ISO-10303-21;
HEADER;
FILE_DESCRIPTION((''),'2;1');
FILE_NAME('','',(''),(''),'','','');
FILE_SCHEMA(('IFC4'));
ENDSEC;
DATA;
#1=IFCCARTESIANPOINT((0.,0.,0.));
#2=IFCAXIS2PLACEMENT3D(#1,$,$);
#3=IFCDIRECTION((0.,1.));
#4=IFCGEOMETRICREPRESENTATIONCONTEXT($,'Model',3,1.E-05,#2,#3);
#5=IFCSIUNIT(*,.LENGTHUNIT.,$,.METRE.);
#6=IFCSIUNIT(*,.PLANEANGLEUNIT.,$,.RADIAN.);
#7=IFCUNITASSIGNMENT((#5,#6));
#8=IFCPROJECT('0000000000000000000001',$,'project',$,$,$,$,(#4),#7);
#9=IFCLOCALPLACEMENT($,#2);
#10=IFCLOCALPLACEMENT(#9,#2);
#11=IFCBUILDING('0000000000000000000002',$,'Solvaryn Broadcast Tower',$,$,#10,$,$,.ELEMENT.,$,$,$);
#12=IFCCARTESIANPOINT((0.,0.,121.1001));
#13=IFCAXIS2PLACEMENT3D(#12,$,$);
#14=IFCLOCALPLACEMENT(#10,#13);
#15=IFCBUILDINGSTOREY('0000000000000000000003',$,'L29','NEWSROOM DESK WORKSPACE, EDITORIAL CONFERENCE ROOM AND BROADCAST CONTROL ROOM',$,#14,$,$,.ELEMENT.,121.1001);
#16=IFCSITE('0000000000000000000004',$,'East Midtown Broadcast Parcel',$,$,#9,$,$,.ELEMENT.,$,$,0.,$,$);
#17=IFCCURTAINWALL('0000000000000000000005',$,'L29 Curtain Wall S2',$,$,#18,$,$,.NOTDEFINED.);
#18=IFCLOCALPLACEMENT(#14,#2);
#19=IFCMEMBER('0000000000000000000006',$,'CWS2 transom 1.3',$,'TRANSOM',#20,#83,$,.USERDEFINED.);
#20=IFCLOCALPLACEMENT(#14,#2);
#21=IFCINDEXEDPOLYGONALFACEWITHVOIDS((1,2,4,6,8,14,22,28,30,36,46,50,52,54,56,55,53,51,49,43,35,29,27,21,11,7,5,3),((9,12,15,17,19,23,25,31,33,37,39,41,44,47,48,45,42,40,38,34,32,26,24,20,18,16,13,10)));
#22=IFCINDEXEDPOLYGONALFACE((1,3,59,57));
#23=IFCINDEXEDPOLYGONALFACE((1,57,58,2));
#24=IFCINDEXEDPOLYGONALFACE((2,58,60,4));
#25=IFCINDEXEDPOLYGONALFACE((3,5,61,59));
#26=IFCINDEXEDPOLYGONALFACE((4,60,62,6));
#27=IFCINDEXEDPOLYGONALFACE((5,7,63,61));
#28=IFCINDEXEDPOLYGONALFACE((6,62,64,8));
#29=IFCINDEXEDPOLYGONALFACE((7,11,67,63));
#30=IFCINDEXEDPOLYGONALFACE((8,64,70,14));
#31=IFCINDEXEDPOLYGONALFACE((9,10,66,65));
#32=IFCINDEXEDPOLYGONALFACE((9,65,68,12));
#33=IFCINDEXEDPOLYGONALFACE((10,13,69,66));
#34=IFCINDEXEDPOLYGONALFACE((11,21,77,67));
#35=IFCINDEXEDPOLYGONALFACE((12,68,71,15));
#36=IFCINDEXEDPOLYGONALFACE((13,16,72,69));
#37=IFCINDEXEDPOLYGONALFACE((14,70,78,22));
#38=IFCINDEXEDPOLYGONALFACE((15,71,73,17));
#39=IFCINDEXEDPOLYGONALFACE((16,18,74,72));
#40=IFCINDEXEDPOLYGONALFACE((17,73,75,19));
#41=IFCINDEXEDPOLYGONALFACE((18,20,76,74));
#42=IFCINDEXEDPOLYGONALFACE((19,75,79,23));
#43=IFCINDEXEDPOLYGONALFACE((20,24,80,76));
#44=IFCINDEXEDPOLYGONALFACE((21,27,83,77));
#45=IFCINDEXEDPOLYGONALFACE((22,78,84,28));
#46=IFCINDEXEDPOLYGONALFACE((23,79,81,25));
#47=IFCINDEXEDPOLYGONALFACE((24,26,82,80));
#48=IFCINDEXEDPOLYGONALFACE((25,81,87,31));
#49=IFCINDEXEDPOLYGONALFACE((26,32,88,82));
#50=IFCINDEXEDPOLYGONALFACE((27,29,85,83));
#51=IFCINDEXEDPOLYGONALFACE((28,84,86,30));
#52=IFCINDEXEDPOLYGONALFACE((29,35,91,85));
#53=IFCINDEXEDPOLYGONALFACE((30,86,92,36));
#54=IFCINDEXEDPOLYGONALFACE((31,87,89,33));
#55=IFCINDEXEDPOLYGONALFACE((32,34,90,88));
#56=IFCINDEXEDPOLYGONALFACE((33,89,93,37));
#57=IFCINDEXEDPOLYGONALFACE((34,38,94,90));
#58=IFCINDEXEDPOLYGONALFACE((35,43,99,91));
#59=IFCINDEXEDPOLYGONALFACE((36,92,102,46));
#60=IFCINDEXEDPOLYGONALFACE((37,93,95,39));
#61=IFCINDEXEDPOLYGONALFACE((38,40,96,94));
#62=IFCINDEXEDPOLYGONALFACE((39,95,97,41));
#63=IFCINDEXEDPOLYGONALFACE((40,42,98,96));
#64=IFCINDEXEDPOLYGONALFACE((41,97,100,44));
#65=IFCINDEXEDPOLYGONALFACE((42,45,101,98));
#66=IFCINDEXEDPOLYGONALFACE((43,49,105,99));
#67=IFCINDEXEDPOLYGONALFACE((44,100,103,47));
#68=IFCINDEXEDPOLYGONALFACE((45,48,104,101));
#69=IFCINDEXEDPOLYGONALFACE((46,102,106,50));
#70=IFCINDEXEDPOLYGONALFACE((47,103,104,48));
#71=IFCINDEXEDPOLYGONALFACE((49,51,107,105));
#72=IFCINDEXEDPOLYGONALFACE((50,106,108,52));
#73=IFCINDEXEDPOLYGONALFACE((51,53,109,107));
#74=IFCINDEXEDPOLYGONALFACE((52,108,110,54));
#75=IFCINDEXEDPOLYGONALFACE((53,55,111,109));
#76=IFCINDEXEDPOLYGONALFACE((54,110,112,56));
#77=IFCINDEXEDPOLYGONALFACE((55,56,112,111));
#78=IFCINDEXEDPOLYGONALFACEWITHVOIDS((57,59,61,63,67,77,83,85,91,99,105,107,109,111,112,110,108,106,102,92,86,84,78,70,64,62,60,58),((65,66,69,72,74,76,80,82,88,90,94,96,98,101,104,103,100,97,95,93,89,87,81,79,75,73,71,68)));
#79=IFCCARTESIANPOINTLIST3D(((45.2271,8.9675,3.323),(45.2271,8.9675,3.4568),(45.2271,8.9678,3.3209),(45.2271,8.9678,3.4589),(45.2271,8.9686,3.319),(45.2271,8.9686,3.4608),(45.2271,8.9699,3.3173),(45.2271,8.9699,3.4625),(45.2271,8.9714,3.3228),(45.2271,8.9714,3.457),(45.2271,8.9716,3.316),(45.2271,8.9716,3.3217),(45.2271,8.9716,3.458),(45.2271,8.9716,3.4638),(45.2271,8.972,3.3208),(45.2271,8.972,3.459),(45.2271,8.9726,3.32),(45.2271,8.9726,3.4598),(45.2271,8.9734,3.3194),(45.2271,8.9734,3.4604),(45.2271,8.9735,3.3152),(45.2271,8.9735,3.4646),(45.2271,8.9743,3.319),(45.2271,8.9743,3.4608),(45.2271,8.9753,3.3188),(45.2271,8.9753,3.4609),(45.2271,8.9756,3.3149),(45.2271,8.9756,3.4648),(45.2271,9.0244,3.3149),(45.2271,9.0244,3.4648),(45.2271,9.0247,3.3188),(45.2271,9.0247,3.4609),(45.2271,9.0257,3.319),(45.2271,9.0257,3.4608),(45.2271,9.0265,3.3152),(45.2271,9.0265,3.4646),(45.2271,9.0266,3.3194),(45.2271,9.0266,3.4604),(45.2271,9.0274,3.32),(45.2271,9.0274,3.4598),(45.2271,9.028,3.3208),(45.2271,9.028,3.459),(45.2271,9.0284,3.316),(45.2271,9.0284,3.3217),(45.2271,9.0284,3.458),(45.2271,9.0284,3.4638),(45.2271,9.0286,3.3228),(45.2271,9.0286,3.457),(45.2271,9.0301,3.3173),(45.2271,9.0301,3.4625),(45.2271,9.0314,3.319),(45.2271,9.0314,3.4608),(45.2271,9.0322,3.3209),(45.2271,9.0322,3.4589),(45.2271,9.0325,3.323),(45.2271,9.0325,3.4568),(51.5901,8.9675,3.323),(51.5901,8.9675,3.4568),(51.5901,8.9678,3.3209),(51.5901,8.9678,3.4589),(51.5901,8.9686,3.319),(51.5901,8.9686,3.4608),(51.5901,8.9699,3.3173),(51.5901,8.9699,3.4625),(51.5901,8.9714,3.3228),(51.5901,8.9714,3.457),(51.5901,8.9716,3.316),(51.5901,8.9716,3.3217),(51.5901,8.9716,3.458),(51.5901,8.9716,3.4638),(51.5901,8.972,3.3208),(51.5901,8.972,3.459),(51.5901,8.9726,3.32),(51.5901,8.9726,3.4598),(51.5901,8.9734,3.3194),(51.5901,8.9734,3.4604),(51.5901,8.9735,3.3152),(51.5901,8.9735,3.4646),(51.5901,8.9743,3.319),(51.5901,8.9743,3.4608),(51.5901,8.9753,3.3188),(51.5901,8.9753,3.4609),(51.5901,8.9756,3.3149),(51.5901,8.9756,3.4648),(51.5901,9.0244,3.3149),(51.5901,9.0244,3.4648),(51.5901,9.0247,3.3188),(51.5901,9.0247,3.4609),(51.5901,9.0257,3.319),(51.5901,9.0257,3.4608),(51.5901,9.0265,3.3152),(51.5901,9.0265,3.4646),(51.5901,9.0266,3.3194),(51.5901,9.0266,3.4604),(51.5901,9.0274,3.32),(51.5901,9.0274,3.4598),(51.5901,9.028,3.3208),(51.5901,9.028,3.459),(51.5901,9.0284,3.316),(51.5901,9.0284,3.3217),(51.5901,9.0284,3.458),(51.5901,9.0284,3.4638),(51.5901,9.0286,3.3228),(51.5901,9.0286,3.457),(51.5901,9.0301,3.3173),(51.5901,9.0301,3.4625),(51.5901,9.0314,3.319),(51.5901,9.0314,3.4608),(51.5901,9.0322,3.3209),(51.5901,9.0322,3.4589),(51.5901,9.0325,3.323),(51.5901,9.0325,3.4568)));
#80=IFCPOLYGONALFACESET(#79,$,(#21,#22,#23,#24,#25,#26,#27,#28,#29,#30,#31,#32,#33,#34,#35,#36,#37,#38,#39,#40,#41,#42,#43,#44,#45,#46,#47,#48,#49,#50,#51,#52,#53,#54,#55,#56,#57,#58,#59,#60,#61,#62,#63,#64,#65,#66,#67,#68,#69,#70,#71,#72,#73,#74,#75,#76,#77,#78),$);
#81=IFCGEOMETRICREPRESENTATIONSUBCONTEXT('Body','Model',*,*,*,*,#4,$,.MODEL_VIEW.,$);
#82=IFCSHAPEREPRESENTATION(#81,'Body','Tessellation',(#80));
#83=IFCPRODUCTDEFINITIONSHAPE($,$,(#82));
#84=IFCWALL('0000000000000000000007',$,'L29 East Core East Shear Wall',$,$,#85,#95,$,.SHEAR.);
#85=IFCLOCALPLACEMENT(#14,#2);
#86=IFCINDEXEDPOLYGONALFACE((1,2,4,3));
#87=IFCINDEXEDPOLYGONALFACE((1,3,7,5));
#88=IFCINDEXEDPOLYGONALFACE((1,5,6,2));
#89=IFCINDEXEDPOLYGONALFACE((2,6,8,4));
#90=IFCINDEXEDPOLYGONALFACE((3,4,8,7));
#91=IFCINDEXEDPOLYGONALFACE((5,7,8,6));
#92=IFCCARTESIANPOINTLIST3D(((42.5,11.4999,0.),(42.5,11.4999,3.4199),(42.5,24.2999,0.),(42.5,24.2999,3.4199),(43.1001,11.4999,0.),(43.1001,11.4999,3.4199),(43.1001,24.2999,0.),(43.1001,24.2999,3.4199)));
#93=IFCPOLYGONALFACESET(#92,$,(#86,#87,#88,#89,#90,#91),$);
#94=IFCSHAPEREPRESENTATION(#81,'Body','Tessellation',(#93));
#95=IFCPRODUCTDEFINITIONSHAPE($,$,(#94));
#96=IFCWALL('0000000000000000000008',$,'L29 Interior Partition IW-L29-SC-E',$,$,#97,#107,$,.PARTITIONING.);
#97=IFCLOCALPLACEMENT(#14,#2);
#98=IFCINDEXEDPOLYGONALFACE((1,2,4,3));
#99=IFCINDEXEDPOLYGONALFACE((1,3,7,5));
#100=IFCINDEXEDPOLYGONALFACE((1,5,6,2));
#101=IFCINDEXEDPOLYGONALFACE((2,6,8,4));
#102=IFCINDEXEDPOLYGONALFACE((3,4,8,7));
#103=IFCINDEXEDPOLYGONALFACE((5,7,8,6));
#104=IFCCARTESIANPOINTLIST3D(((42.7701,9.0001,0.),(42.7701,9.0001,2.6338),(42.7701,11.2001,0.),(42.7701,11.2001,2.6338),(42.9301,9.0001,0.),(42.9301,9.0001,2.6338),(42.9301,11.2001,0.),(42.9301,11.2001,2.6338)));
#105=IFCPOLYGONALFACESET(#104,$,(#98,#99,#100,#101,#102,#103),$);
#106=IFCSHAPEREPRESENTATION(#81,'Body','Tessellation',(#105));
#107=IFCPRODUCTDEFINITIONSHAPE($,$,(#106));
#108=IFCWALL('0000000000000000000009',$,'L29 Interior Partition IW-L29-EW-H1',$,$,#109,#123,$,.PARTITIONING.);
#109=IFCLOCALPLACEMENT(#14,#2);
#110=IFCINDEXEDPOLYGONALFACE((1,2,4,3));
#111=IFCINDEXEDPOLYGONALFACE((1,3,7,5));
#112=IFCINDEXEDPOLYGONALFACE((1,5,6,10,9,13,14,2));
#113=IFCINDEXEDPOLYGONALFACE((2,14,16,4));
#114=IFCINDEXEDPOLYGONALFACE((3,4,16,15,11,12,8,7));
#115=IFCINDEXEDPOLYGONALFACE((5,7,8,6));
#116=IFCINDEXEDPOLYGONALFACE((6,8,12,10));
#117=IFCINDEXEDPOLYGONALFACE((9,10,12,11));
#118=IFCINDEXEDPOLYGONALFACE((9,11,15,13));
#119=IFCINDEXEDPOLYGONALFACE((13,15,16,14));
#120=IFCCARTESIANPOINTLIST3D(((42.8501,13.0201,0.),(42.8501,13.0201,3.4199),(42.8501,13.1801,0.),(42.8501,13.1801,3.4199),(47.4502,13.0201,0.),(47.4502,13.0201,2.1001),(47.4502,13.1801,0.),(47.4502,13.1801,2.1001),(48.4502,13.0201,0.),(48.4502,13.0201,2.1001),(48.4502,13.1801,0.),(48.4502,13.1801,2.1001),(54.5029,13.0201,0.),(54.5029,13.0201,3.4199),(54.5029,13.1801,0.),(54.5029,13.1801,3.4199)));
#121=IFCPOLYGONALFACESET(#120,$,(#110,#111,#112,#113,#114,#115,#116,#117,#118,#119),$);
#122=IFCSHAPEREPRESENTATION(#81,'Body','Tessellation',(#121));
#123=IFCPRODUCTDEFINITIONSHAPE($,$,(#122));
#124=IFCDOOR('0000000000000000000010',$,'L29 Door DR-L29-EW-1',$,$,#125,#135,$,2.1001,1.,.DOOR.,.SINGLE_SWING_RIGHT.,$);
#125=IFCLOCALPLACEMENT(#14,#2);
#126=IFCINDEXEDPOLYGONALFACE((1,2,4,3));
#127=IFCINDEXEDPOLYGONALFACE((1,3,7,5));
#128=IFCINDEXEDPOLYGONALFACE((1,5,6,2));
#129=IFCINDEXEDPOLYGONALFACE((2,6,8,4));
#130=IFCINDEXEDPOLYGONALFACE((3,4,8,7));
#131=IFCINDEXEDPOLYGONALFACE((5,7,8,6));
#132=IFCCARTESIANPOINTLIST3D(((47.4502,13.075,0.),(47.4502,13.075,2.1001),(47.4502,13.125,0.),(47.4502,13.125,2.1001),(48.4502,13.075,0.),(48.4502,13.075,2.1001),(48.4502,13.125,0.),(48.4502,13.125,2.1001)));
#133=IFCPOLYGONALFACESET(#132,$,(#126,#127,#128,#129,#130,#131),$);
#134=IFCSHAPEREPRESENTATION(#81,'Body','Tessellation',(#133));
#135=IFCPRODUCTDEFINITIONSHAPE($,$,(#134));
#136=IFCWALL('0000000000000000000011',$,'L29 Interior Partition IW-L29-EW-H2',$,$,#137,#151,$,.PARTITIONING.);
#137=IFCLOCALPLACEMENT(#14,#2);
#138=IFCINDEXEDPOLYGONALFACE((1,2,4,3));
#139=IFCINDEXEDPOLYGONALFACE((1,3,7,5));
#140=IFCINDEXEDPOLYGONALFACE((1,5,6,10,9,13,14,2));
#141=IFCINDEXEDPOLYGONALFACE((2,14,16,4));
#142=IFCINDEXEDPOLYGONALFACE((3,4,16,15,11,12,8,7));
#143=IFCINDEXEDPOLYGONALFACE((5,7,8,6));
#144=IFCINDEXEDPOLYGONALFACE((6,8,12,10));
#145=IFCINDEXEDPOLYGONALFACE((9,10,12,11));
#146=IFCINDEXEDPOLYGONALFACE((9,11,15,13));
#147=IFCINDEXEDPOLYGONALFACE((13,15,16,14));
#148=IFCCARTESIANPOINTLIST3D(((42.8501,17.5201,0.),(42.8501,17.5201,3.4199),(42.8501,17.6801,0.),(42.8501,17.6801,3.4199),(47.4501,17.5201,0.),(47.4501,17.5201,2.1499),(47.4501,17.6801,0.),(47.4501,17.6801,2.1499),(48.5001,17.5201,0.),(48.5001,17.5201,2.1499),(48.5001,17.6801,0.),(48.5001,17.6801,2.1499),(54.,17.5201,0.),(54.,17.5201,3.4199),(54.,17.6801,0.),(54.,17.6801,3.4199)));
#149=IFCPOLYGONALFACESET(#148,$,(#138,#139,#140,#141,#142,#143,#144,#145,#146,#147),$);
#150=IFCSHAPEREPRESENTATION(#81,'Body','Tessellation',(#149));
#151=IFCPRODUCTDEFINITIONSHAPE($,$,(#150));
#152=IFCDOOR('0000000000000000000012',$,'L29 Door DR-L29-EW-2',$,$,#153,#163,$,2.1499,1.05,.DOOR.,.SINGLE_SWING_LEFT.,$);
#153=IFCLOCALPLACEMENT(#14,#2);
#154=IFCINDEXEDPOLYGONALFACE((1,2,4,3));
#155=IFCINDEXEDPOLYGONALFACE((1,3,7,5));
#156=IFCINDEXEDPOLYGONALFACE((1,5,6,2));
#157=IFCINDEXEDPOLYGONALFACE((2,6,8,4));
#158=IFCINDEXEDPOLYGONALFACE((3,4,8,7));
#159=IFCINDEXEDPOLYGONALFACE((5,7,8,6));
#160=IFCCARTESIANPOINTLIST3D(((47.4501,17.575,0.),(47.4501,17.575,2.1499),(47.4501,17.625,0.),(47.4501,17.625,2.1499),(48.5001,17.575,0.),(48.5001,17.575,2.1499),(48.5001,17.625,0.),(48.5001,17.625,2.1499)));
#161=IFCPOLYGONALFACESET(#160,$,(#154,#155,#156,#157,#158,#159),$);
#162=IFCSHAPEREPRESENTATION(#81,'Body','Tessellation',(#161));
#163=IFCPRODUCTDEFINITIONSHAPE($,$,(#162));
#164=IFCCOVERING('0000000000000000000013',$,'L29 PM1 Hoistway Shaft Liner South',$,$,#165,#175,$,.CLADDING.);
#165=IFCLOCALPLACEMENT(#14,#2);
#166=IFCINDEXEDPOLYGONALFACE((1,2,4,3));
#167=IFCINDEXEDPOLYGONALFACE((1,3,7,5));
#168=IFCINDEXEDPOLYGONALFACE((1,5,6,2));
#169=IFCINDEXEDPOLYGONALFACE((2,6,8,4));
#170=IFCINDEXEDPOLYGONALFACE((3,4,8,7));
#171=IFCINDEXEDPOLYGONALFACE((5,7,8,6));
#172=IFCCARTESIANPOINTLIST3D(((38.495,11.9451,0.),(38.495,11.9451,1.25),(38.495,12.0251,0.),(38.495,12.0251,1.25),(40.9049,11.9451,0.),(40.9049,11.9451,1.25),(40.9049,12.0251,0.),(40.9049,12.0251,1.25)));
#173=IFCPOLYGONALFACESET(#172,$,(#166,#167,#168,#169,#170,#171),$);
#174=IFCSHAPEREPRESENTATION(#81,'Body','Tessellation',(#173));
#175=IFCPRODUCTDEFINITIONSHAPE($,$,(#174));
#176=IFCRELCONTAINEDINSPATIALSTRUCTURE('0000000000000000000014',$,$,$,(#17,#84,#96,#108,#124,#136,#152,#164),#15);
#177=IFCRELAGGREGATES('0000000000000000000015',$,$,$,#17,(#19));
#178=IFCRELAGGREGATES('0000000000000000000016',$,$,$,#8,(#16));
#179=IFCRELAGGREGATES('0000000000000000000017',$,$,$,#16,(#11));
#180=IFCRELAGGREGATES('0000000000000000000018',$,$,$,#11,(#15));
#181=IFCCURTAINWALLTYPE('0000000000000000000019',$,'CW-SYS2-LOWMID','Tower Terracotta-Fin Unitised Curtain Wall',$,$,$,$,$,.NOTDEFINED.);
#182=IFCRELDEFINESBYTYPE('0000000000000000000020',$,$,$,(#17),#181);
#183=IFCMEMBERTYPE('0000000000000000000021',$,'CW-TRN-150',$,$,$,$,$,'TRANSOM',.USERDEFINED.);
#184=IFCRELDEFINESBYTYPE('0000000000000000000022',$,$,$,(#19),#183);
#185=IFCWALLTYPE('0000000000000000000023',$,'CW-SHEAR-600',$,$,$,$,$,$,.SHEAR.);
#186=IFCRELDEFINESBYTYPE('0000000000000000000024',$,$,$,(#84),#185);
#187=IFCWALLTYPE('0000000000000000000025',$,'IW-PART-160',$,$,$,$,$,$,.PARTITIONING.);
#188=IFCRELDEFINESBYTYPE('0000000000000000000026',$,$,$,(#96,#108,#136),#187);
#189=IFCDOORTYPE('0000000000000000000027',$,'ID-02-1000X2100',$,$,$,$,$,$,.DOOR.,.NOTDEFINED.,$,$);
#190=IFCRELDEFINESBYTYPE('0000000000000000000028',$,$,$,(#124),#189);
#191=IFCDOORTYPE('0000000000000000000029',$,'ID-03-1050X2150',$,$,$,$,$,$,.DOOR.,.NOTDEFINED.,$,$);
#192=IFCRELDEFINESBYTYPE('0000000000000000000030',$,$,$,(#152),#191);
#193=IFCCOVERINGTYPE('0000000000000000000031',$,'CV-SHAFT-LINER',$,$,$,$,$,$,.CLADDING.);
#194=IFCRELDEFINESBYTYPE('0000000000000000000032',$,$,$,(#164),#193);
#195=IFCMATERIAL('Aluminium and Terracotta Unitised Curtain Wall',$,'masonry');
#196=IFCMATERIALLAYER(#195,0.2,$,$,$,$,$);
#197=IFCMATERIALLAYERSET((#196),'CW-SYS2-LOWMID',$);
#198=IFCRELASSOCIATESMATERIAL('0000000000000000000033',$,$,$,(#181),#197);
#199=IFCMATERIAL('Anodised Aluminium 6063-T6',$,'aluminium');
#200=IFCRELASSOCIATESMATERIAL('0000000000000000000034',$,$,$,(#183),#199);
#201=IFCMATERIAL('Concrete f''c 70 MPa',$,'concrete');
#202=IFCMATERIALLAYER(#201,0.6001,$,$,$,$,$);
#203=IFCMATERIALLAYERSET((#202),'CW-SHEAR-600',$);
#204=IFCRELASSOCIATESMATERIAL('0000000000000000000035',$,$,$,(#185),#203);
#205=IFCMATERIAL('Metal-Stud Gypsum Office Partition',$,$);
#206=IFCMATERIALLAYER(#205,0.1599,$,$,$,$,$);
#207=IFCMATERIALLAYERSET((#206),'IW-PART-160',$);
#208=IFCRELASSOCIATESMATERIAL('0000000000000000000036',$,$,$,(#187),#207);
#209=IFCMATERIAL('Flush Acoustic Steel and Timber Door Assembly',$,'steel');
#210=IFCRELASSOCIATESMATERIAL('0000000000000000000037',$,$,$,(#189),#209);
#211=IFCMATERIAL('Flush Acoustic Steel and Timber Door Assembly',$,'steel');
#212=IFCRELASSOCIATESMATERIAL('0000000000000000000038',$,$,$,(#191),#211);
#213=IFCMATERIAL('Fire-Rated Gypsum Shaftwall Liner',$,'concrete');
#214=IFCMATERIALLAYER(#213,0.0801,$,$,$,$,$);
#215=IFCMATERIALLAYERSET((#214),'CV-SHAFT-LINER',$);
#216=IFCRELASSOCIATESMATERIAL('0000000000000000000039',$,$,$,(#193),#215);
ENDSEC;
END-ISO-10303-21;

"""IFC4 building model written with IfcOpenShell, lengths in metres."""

from ifc_helpers import new_model, si_unit, direction, frame, frame_2d, origin, origin_2d, place, context, subcontext, project, spatial, rectangle, hollow_rectangle, extrude, material, layer, layer_set, material_profile, profile_set, type_object, element, fill, aggregate, save


model = new_model("IFC4")

# Units and contexts
model_context = context("Model", 3, precision=1e-05, world=origin(), true_north=direction((0.0, 1.0)))
body_context = subcontext(model_context, "Body", "Model", "MODEL_VIEW")
ifc_project = project(units=[si_unit("LENGTHUNIT", "METRE"), si_unit("PLANEANGLEUNIT", "RADIAN")], contexts=[model_context])

# Site, building, storey
site_placement = place(None, origin())
site = spatial("IfcSite", under=ifc_project, at=site_placement, Name="East Midtown Broadcast Parcel", CompositionType="ELEMENT", RefElevation=0.0)
building_placement = place(site_placement, origin())
building = spatial("IfcBuilding", under=site, at=building_placement, Name="Solvaryn Broadcast Tower", CompositionType="ELEMENT")
storey_placement = place(building_placement, frame((0.0, 0.0, 121.1001)))
storey = spatial("IfcBuildingStorey", under=building, at=storey_placement, Name="L29", Description="NEWSROOM DESK WORKSPACE, EDITORIAL CONFERENCE ROOM AND BROADCAST CONTROL ROOM", CompositionType="ELEMENT", Elevation=121.1001)

# Shared definitions
ifc_material_1 = material(Name="Aluminium and Terracotta Unitised Curtain Wall", Category="masonry")
ifc_layer_1 = layer(ifc_material_1, 0.2)
ifc_layer_set_1 = layer_set([ifc_layer_1], Name="CW-SYS2-LOWMID")
curtain_wall_type = type_object("IfcCurtainWallType", Name="CW-SYS2-LOWMID", Description="Tower Terracotta-Fin Unitised Curtain Wall", PredefinedType="NOTDEFINED", material=ifc_layer_set_1)

# Curtain wall, member
curtain_wall_1_placement = place(storey_placement, origin())
curtain_wall_1 = element("IfcCurtainWall", 1, at=curtain_wall_1_placement, inside=storey, type_object=curtain_wall_type, Name="L29 Curtain Wall S2", PredefinedType="NOTDEFINED")
ifc_material_2 = material(Name="Anodised Aluminium 6063-T6", Category="aluminium")
ifc_material_profile_1 = material_profile(ifc_material_2, hollow_rectangle(XDim=0.0649, YDim=0.1499, WallThickness=0.0039, InnerFilletRadius=0.0039, OuterFilletRadius=0.0081, at=origin_2d()))
ifc_profile_set_1 = profile_set([ifc_material_profile_1], Name="Anodised Aluminium 6063-T6")
member_type_1 = type_object("IfcMemberType", Name="CW-TRN-150", ElementType="TRANSOM", PredefinedType="USERDEFINED", material=ifc_profile_set_1)
member_1_placement = place(storey_placement, frame((45.2271, 9.0, 3.3899), z_axis=(1.0, 0.0, 0.0), x_axis=(0.0, 1.0, 0.0)))
member_1 = element("IfcMember", 2, at=member_1_placement, type_object=member_type_1, Name="CWS2 transom 1.3", ObjectType="TRANSOM", PredefinedType="USERDEFINED", context=body_context, shape_type="SweptSolid", body=[
    extrude(hollow_rectangle(XDim=0.0649, YDim=0.1499, WallThickness=0.0039, InnerFilletRadius=0.0039, OuterFilletRadius=0.0081, at=origin_2d()), origin(), (0.0, 0.0, 1.0), 6.363),
])
aggregate(curtain_wall_1, [member_1])

# Walls
ifc_material_3 = material(Name="Concrete f'c 70 MPa", Category="concrete")
ifc_layer_2 = layer(ifc_material_3, 0.6001)
ifc_layer_set_2 = layer_set([ifc_layer_2], Name="CW-SHEAR-600")
wall_type_1 = type_object("IfcWallType", Name="CW-SHEAR-600", PredefinedType="SHEAR", material=ifc_layer_set_2)
wall_1_placement = place(storey_placement, frame((42.8, 11.5, 0.0), z_axis=(0.0, 0.0, 1.0), x_axis=(0.0, 1.0, 0.0)))
element("IfcWall", 3, at=wall_1_placement, inside=storey, type_object=wall_type_1, Name="L29 East Core East Shear Wall", PredefinedType="SHEAR", context=body_context, shape_type="SweptSolid", body=[
    extrude(rectangle(XDim=12.8, YDim=0.6001, at=frame_2d((6.3999, 0.0))), origin(), (0.0, 0.0, 1.0), 3.4199),
])
ifc_material_4 = material(Name="Metal-Stud Gypsum Office Partition")
ifc_layer_3 = layer(ifc_material_4, 0.1599)
ifc_layer_set_3 = layer_set([ifc_layer_3], Name="IW-PART-160")
wall_type_2 = type_object("IfcWallType", Name="IW-PART-160", PredefinedType="PARTITIONING", material=ifc_layer_set_3)
wall_2_placement = place(storey_placement, frame((42.8501, 9.0, 0.0), z_axis=(0.0, 0.0, 1.0), x_axis=(0.0, 1.0, 0.0)))
element("IfcWall", 4, at=wall_2_placement, inside=storey, type_object=wall_type_2, Name="L29 Interior Partition IW-L29-SC-E", PredefinedType="PARTITIONING", context=body_context, shape_type="SweptSolid", body=[
    extrude(rectangle(XDim=2.2, YDim=0.1599, at=frame_2d((1.1001, 0.0))), origin(), (0.0, 0.0, 1.0), 2.6338),
])

# Walls, openings, doors
wall_3_placement = place(storey_placement, frame((42.8501, 13.1001, 0.0), z_axis=(0.0, 0.0, 1.0), x_axis=(1.0, 0.0, 0.0)))
wall_3 = element("IfcWall", 5, at=wall_3_placement, inside=storey, type_object=wall_type_2, Name="L29 Interior Partition IW-L29-EW-H1", PredefinedType="PARTITIONING", context=body_context, shape_type="SweptSolid", body=[
    extrude(rectangle(XDim=11.6528, YDim=0.1599, at=frame_2d((5.8264, 0.0))), origin(), (0.0, 0.0, 1.0), 3.4199),
])
opening_1_placement = place(wall_3_placement, frame((4.6001, 0.0, 0.0)))
opening_1 = element("IfcOpeningElement", 6, at=opening_1_placement, cuts=wall_3, PredefinedType="OPENING", context=body_context, shape_type="SweptSolid", body=[
    extrude(rectangle(XDim=1.0, YDim=2.1001, at=frame_2d((0.5, 1.05))), frame((0.0, 0.0901, 0.0), z_axis=(0.0, -1.0, 0.0), x_axis=(1.0, 0.0, 0.0)), (0.0, 0.0, 1.0), 0.1799),
])
ifc_material_5 = material(Name="Flush Acoustic Steel and Timber Door Assembly", Category="steel")
door_type_1 = type_object("IfcDoorType", Name="ID-02-1000X2100", OperationType="NOTDEFINED", PredefinedType="DOOR", material=ifc_material_5)
door_1_placement = place(opening_1_placement, origin())
door_1 = element("IfcDoor", 7, at=door_1_placement, inside=storey, type_object=door_type_1, Name="L29 Door DR-L29-EW-1", OperationType="SINGLE_SWING_RIGHT", OverallHeight=2.1001, OverallWidth=1.0, PredefinedType="DOOR", context=body_context, shape_type="SweptSolid", body=[
    extrude(rectangle(XDim=1.0, YDim=2.1001, at=frame_2d((0.5, 1.05))), frame((0.0, 0.0249, 0.0), z_axis=(0.0, -1.0, 0.0), x_axis=(1.0, 0.0, 0.0)), (0.0, 0.0, 1.0), 0.05),
])
fill(opening_1, door_1)
wall_4_placement = place(storey_placement, frame((42.8501, 17.6001, 0.0), z_axis=(0.0, 0.0, 1.0), x_axis=(1.0, 0.0, 0.0)))
wall_4 = element("IfcWall", 8, at=wall_4_placement, inside=storey, type_object=wall_type_2, Name="L29 Interior Partition IW-L29-EW-H2", PredefinedType="PARTITIONING", context=body_context, shape_type="SweptSolid", body=[
    extrude(rectangle(XDim=11.1499, YDim=0.1599, at=frame_2d((5.575, 0.0))), origin(), (0.0, 0.0, 1.0), 3.4199),
])
opening_2_placement = place(wall_4_placement, frame((4.6001, 0.0, 0.0)))
opening_2 = element("IfcOpeningElement", 9, at=opening_2_placement, cuts=wall_4, PredefinedType="OPENING", context=body_context, shape_type="SweptSolid", body=[
    extrude(rectangle(XDim=1.05, YDim=2.1499, at=frame_2d((0.5249, 1.075))), frame((0.0, 0.0901, 0.0), z_axis=(0.0, -1.0, 0.0), x_axis=(1.0, 0.0, 0.0)), (0.0, 0.0, 1.0), 0.1799),
])
ifc_material_6 = material(Name="Flush Acoustic Steel and Timber Door Assembly", Category="steel")
door_type_2 = type_object("IfcDoorType", Name="ID-03-1050X2150", OperationType="NOTDEFINED", PredefinedType="DOOR", material=ifc_material_6)
door_2_placement = place(opening_2_placement, origin())
door_2 = element("IfcDoor", 10, at=door_2_placement, inside=storey, type_object=door_type_2, Name="L29 Door DR-L29-EW-2", OperationType="SINGLE_SWING_LEFT", OverallHeight=2.1499, OverallWidth=1.05, PredefinedType="DOOR", context=body_context, shape_type="SweptSolid", body=[
    extrude(rectangle(XDim=1.05, YDim=2.1499, at=frame_2d((0.5249, 1.075))), frame((0.0, 0.0249, 0.0), z_axis=(0.0, -1.0, 0.0), x_axis=(1.0, 0.0, 0.0)), (0.0, 0.0, 1.0), 0.05),
])
fill(opening_2, door_2)

# Covering
ifc_material_7 = material(Name="Fire-Rated Gypsum Shaftwall Liner", Category="concrete")
ifc_layer_4 = layer(ifc_material_7, 0.0801)
ifc_layer_set_4 = layer_set([ifc_layer_4], Name="CV-SHAFT-LINER")
covering_type_1 = type_object("IfcCoveringType", Name="CV-SHAFT-LINER", PredefinedType="CLADDING", material=ifc_layer_set_4)
covering_1_placement = place(storey_placement, frame((39.7, 11.9851, 0.0), z_axis=(0.0, 0.0, 1.0), x_axis=(1.0, 0.0, 0.0)))
element("IfcCovering", 11, at=covering_1_placement, inside=storey, type_object=covering_type_1, Name="L29 PM1 Hoistway Shaft Liner South", PredefinedType="CLADDING", context=body_context, shape_type="SweptSolid", body=[
    extrude(rectangle(XDim=2.4099, YDim=0.0801, at=origin_2d()), origin(), (0.0, 0.0, 1.0), 1.25),
])

save(model, "model.ifc")
